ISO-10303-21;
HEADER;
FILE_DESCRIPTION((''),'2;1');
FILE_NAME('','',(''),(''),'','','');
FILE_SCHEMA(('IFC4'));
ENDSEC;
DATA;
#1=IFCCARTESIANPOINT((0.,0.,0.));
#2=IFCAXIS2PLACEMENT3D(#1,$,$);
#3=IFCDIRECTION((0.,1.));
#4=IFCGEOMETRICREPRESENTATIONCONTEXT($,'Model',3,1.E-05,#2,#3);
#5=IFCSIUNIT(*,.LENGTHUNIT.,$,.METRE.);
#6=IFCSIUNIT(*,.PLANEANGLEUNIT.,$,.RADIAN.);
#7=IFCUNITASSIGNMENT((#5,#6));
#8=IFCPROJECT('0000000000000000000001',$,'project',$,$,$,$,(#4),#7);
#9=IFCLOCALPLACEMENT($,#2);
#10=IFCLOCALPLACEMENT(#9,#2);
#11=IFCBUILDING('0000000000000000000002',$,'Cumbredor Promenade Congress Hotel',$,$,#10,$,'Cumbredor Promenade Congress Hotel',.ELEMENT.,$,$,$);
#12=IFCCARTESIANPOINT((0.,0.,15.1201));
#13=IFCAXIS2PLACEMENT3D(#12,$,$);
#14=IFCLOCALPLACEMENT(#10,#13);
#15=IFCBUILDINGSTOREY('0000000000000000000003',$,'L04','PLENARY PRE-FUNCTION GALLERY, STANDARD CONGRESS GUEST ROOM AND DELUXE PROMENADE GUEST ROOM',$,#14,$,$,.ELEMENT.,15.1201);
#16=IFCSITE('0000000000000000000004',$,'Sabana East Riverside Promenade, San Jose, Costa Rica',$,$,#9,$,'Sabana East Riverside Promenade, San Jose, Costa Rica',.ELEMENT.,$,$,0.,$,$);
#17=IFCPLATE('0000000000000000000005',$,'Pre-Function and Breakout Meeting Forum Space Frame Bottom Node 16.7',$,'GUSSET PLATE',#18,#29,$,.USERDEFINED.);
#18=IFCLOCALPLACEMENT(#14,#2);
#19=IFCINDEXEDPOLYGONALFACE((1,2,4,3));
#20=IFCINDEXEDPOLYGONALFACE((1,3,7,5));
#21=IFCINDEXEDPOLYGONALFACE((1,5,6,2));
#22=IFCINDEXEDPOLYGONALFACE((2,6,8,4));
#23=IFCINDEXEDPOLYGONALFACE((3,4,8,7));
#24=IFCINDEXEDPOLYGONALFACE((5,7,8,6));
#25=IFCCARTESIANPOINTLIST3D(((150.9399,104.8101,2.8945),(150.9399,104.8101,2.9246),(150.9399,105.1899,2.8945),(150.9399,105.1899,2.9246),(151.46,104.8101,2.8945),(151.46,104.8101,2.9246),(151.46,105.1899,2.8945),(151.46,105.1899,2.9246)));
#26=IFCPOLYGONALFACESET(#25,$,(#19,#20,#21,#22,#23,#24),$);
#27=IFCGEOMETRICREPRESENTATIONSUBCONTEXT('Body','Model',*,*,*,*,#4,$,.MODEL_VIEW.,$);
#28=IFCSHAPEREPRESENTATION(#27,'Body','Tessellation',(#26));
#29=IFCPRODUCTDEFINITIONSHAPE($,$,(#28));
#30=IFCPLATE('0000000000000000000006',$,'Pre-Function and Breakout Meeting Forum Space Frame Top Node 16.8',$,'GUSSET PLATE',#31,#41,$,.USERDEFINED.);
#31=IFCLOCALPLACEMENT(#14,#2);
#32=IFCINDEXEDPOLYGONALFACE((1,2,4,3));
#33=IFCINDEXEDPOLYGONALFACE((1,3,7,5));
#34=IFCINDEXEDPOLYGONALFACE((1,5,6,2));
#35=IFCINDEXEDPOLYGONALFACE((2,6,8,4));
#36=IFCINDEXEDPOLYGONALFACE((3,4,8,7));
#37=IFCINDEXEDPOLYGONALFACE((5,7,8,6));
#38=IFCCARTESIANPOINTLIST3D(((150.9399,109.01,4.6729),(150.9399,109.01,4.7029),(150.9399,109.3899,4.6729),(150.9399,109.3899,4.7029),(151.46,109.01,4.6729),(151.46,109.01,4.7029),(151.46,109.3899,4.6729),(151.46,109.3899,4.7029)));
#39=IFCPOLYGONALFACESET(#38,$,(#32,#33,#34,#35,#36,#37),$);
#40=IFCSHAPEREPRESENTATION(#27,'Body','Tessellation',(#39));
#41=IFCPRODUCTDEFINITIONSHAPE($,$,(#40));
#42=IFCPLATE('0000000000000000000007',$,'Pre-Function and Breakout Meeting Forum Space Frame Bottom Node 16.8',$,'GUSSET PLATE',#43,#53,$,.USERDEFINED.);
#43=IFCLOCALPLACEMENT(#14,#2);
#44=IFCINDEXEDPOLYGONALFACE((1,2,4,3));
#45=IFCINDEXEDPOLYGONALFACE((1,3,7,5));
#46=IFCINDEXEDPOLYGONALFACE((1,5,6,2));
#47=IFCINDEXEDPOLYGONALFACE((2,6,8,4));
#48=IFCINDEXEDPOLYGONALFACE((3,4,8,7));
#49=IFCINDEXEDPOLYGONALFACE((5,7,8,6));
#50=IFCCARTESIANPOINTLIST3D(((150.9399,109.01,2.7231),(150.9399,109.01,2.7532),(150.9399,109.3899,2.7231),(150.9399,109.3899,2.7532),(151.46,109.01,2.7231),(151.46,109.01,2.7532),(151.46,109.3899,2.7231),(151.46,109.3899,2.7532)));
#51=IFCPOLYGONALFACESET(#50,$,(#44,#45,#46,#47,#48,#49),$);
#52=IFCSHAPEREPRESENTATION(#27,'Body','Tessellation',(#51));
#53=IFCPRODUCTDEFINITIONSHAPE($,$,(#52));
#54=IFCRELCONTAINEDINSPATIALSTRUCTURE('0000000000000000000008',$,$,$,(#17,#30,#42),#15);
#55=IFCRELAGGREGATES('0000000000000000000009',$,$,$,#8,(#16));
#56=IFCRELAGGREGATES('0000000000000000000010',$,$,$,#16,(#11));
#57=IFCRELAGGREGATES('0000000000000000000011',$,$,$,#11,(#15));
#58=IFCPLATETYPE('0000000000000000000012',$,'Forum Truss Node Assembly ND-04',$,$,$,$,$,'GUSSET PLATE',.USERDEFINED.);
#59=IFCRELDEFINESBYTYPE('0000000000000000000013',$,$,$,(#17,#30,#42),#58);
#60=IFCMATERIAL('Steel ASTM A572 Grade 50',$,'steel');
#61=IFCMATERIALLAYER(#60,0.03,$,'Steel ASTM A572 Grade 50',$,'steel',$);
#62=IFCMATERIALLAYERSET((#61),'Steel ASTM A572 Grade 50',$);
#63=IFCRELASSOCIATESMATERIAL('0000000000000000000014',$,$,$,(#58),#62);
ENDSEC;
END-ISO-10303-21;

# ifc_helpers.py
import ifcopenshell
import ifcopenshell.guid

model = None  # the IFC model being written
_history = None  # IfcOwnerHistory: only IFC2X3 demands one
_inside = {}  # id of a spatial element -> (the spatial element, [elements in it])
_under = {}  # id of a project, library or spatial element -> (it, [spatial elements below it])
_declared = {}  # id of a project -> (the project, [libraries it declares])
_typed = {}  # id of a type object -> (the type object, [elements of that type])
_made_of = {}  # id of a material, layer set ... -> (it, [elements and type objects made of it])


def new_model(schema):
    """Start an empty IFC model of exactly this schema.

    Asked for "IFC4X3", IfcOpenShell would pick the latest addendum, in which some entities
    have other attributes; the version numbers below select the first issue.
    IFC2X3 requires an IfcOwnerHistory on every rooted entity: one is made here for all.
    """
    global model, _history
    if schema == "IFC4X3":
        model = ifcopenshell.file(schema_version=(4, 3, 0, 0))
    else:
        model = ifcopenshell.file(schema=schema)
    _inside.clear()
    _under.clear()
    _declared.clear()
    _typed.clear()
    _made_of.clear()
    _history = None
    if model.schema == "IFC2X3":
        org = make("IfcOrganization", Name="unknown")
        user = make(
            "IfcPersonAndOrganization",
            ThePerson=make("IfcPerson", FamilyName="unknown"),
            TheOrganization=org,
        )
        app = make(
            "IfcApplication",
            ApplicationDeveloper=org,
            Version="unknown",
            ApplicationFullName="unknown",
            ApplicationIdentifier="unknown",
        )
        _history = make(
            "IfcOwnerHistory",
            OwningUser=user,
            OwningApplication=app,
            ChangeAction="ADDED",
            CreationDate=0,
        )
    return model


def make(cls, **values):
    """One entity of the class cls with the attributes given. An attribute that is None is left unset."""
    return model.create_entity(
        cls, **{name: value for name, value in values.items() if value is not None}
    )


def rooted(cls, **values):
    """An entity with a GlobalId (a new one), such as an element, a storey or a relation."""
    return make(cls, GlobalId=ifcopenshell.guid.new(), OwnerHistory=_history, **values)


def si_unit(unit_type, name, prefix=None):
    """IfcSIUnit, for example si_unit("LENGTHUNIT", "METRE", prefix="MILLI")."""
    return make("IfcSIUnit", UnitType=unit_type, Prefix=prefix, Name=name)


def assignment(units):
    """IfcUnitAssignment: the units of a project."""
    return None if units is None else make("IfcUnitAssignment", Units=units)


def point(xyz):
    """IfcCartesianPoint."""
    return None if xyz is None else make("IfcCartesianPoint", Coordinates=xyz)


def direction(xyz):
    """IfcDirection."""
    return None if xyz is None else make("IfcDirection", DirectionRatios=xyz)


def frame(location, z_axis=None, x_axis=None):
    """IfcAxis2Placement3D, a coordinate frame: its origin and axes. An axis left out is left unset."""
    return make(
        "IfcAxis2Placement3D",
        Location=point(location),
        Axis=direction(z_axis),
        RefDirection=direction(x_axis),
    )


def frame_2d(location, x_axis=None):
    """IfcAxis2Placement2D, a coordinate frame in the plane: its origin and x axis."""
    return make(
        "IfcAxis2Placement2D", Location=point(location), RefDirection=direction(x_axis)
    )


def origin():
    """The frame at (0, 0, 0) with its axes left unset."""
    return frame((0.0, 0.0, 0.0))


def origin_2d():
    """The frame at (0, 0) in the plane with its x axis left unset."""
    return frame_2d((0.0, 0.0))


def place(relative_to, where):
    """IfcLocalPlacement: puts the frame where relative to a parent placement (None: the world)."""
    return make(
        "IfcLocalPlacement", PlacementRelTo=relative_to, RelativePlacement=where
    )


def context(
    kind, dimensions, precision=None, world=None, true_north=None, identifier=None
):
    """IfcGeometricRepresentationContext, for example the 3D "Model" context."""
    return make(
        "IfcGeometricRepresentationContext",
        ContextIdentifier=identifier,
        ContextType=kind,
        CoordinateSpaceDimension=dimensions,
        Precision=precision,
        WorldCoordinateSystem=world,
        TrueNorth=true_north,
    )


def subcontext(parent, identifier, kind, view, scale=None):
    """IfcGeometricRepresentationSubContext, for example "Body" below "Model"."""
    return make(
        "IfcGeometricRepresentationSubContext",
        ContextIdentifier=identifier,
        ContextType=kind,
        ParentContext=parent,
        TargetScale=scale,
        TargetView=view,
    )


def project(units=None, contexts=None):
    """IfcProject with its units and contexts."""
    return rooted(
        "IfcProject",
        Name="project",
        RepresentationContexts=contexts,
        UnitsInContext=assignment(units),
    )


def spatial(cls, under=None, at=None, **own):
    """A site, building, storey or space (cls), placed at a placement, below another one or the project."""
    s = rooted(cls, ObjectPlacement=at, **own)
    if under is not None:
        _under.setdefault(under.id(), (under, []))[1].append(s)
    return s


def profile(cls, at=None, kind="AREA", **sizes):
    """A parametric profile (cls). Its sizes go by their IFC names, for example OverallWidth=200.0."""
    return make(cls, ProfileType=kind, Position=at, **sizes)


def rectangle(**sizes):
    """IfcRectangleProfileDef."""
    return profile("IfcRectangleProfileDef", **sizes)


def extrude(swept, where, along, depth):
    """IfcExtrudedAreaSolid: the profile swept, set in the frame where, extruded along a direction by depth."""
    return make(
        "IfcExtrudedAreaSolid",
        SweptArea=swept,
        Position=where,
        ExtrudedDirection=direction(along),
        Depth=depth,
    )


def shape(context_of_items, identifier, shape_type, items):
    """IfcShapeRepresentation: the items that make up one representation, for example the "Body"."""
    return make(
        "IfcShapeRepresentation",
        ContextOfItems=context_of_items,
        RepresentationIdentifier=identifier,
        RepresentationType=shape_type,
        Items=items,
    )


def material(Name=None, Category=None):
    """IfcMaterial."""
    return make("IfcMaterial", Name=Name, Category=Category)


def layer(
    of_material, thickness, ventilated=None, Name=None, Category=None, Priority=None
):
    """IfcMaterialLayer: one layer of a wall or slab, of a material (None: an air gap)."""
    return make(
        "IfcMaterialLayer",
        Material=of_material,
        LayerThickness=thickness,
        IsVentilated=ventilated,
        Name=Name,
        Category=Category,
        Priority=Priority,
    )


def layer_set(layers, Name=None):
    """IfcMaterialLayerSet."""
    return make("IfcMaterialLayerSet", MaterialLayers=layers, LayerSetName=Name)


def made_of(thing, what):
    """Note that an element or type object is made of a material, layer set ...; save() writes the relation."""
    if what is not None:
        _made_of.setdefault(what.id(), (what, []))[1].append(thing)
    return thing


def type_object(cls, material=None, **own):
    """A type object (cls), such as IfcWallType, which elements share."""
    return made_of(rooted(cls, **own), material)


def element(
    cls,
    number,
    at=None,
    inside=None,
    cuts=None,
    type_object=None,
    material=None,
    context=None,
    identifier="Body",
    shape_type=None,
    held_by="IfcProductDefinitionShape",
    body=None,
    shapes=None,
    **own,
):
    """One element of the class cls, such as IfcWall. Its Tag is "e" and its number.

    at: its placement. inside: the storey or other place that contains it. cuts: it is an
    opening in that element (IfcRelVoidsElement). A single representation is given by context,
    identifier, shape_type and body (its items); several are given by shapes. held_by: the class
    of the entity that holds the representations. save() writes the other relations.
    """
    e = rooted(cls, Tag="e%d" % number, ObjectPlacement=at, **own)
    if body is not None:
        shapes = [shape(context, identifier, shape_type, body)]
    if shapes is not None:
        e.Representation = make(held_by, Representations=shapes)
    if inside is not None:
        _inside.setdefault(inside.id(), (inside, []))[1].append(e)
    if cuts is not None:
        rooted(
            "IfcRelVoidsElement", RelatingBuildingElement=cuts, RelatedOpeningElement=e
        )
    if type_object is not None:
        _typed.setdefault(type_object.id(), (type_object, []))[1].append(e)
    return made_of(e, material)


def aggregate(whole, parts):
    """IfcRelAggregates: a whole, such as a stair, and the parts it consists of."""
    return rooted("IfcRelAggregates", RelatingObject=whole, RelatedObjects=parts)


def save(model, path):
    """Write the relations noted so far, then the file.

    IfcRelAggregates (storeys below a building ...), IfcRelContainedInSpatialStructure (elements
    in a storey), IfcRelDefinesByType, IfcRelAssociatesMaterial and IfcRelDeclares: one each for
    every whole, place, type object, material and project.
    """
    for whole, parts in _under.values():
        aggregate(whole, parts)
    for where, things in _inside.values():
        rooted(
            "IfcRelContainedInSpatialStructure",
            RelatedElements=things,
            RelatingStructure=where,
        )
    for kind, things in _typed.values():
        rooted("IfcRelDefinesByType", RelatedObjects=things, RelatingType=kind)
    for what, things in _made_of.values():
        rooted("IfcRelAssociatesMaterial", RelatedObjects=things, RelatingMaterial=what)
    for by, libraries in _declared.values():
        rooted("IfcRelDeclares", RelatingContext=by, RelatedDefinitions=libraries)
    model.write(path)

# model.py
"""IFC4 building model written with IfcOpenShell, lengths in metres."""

from ifc_helpers import new_model, si_unit, direction, frame, origin, origin_2d, place, context, subcontext, project, spatial, rectangle, extrude, material, layer, layer_set, type_object, element, save


model = new_model("IFC4")

# Units and contexts
model_context = context("Model", 3, precision=1e-05, world=origin(), true_north=direction((0.0, 1.0)))
body_context = subcontext(model_context, "Body", "Model", "MODEL_VIEW")
ifc_project = project(units=[si_unit("LENGTHUNIT", "METRE"), si_unit("PLANEANGLEUNIT", "RADIAN")], contexts=[model_context])

# Site, building, storey
site_placement = place(None, origin())
site = spatial("IfcSite", under=ifc_project, at=site_placement, Name="Sabana East Riverside Promenade, San Jose, Costa Rica", LongName="Sabana East Riverside Promenade, San Jose, Costa Rica", CompositionType="ELEMENT", RefElevation=0.0)
building_placement = place(site_placement, origin())
building = spatial("IfcBuilding", under=site, at=building_placement, Name="Cumbredor Promenade Congress Hotel", LongName="Cumbredor Promenade Congress Hotel", CompositionType="ELEMENT")
storey_placement = place(building_placement, frame((0.0, 0.0, 15.1201)))
storey = spatial("IfcBuildingStorey", under=building, at=storey_placement, Name="L04", Description="PLENARY PRE-FUNCTION GALLERY, STANDARD CONGRESS GUEST ROOM AND DELUXE PROMENADE GUEST ROOM", CompositionType="ELEMENT", Elevation=15.1201)

# Plates
ifc_material_1 = material(Name="Steel ASTM A572 Grade 50", Category="steel")
ifc_layer = layer(ifc_material_1, 0.03, Name="Steel ASTM A572 Grade 50", Category="steel")
ifc_layer_set = layer_set([ifc_layer], Name="Steel ASTM A572 Grade 50")
plate_type = type_object("IfcPlateType", Name="Forum Truss Node Assembly ND-04", ElementType="GUSSET PLATE", PredefinedType="USERDEFINED", material=ifc_layer_set)
for number, where, z_axis, x_axis, name in (
    (1, (151.2, 105.0, 2.8945), (0.0, 0.0, 1.0), (1.0, 0.0, 0.0), "Pre-Function and Breakout Meeting Forum Space Frame Bottom Node 16.7"),
    (2, (151.2, 109.2, 4.6729), (0.0, 0.0, 1.0), (1.0, 0.0, 0.0), "Pre-Function and Breakout Meeting Forum Space Frame Top Node 16.8"),
    (3, (151.2, 109.2, 2.7231), (0.0, 0.0, 1.0), (1.0, 0.0, 0.0), "Pre-Function and Breakout Meeting Forum Space Frame Bottom Node 16.8"),
):
    element("IfcPlate", number, at=place(storey_placement, frame(where, z_axis=z_axis, x_axis=x_axis)), inside=storey, type_object=plate_type, Name=name, ObjectType="GUSSET PLATE", PredefinedType="USERDEFINED", context=body_context, shape_type="SweptSolid", body=[
        extrude(rectangle(XDim=0.52, YDim=0.3799, at=origin_2d()), origin(), (0.0, 0.0, 1.0), 0.03),
    ])

save(model, "model.ifc")
